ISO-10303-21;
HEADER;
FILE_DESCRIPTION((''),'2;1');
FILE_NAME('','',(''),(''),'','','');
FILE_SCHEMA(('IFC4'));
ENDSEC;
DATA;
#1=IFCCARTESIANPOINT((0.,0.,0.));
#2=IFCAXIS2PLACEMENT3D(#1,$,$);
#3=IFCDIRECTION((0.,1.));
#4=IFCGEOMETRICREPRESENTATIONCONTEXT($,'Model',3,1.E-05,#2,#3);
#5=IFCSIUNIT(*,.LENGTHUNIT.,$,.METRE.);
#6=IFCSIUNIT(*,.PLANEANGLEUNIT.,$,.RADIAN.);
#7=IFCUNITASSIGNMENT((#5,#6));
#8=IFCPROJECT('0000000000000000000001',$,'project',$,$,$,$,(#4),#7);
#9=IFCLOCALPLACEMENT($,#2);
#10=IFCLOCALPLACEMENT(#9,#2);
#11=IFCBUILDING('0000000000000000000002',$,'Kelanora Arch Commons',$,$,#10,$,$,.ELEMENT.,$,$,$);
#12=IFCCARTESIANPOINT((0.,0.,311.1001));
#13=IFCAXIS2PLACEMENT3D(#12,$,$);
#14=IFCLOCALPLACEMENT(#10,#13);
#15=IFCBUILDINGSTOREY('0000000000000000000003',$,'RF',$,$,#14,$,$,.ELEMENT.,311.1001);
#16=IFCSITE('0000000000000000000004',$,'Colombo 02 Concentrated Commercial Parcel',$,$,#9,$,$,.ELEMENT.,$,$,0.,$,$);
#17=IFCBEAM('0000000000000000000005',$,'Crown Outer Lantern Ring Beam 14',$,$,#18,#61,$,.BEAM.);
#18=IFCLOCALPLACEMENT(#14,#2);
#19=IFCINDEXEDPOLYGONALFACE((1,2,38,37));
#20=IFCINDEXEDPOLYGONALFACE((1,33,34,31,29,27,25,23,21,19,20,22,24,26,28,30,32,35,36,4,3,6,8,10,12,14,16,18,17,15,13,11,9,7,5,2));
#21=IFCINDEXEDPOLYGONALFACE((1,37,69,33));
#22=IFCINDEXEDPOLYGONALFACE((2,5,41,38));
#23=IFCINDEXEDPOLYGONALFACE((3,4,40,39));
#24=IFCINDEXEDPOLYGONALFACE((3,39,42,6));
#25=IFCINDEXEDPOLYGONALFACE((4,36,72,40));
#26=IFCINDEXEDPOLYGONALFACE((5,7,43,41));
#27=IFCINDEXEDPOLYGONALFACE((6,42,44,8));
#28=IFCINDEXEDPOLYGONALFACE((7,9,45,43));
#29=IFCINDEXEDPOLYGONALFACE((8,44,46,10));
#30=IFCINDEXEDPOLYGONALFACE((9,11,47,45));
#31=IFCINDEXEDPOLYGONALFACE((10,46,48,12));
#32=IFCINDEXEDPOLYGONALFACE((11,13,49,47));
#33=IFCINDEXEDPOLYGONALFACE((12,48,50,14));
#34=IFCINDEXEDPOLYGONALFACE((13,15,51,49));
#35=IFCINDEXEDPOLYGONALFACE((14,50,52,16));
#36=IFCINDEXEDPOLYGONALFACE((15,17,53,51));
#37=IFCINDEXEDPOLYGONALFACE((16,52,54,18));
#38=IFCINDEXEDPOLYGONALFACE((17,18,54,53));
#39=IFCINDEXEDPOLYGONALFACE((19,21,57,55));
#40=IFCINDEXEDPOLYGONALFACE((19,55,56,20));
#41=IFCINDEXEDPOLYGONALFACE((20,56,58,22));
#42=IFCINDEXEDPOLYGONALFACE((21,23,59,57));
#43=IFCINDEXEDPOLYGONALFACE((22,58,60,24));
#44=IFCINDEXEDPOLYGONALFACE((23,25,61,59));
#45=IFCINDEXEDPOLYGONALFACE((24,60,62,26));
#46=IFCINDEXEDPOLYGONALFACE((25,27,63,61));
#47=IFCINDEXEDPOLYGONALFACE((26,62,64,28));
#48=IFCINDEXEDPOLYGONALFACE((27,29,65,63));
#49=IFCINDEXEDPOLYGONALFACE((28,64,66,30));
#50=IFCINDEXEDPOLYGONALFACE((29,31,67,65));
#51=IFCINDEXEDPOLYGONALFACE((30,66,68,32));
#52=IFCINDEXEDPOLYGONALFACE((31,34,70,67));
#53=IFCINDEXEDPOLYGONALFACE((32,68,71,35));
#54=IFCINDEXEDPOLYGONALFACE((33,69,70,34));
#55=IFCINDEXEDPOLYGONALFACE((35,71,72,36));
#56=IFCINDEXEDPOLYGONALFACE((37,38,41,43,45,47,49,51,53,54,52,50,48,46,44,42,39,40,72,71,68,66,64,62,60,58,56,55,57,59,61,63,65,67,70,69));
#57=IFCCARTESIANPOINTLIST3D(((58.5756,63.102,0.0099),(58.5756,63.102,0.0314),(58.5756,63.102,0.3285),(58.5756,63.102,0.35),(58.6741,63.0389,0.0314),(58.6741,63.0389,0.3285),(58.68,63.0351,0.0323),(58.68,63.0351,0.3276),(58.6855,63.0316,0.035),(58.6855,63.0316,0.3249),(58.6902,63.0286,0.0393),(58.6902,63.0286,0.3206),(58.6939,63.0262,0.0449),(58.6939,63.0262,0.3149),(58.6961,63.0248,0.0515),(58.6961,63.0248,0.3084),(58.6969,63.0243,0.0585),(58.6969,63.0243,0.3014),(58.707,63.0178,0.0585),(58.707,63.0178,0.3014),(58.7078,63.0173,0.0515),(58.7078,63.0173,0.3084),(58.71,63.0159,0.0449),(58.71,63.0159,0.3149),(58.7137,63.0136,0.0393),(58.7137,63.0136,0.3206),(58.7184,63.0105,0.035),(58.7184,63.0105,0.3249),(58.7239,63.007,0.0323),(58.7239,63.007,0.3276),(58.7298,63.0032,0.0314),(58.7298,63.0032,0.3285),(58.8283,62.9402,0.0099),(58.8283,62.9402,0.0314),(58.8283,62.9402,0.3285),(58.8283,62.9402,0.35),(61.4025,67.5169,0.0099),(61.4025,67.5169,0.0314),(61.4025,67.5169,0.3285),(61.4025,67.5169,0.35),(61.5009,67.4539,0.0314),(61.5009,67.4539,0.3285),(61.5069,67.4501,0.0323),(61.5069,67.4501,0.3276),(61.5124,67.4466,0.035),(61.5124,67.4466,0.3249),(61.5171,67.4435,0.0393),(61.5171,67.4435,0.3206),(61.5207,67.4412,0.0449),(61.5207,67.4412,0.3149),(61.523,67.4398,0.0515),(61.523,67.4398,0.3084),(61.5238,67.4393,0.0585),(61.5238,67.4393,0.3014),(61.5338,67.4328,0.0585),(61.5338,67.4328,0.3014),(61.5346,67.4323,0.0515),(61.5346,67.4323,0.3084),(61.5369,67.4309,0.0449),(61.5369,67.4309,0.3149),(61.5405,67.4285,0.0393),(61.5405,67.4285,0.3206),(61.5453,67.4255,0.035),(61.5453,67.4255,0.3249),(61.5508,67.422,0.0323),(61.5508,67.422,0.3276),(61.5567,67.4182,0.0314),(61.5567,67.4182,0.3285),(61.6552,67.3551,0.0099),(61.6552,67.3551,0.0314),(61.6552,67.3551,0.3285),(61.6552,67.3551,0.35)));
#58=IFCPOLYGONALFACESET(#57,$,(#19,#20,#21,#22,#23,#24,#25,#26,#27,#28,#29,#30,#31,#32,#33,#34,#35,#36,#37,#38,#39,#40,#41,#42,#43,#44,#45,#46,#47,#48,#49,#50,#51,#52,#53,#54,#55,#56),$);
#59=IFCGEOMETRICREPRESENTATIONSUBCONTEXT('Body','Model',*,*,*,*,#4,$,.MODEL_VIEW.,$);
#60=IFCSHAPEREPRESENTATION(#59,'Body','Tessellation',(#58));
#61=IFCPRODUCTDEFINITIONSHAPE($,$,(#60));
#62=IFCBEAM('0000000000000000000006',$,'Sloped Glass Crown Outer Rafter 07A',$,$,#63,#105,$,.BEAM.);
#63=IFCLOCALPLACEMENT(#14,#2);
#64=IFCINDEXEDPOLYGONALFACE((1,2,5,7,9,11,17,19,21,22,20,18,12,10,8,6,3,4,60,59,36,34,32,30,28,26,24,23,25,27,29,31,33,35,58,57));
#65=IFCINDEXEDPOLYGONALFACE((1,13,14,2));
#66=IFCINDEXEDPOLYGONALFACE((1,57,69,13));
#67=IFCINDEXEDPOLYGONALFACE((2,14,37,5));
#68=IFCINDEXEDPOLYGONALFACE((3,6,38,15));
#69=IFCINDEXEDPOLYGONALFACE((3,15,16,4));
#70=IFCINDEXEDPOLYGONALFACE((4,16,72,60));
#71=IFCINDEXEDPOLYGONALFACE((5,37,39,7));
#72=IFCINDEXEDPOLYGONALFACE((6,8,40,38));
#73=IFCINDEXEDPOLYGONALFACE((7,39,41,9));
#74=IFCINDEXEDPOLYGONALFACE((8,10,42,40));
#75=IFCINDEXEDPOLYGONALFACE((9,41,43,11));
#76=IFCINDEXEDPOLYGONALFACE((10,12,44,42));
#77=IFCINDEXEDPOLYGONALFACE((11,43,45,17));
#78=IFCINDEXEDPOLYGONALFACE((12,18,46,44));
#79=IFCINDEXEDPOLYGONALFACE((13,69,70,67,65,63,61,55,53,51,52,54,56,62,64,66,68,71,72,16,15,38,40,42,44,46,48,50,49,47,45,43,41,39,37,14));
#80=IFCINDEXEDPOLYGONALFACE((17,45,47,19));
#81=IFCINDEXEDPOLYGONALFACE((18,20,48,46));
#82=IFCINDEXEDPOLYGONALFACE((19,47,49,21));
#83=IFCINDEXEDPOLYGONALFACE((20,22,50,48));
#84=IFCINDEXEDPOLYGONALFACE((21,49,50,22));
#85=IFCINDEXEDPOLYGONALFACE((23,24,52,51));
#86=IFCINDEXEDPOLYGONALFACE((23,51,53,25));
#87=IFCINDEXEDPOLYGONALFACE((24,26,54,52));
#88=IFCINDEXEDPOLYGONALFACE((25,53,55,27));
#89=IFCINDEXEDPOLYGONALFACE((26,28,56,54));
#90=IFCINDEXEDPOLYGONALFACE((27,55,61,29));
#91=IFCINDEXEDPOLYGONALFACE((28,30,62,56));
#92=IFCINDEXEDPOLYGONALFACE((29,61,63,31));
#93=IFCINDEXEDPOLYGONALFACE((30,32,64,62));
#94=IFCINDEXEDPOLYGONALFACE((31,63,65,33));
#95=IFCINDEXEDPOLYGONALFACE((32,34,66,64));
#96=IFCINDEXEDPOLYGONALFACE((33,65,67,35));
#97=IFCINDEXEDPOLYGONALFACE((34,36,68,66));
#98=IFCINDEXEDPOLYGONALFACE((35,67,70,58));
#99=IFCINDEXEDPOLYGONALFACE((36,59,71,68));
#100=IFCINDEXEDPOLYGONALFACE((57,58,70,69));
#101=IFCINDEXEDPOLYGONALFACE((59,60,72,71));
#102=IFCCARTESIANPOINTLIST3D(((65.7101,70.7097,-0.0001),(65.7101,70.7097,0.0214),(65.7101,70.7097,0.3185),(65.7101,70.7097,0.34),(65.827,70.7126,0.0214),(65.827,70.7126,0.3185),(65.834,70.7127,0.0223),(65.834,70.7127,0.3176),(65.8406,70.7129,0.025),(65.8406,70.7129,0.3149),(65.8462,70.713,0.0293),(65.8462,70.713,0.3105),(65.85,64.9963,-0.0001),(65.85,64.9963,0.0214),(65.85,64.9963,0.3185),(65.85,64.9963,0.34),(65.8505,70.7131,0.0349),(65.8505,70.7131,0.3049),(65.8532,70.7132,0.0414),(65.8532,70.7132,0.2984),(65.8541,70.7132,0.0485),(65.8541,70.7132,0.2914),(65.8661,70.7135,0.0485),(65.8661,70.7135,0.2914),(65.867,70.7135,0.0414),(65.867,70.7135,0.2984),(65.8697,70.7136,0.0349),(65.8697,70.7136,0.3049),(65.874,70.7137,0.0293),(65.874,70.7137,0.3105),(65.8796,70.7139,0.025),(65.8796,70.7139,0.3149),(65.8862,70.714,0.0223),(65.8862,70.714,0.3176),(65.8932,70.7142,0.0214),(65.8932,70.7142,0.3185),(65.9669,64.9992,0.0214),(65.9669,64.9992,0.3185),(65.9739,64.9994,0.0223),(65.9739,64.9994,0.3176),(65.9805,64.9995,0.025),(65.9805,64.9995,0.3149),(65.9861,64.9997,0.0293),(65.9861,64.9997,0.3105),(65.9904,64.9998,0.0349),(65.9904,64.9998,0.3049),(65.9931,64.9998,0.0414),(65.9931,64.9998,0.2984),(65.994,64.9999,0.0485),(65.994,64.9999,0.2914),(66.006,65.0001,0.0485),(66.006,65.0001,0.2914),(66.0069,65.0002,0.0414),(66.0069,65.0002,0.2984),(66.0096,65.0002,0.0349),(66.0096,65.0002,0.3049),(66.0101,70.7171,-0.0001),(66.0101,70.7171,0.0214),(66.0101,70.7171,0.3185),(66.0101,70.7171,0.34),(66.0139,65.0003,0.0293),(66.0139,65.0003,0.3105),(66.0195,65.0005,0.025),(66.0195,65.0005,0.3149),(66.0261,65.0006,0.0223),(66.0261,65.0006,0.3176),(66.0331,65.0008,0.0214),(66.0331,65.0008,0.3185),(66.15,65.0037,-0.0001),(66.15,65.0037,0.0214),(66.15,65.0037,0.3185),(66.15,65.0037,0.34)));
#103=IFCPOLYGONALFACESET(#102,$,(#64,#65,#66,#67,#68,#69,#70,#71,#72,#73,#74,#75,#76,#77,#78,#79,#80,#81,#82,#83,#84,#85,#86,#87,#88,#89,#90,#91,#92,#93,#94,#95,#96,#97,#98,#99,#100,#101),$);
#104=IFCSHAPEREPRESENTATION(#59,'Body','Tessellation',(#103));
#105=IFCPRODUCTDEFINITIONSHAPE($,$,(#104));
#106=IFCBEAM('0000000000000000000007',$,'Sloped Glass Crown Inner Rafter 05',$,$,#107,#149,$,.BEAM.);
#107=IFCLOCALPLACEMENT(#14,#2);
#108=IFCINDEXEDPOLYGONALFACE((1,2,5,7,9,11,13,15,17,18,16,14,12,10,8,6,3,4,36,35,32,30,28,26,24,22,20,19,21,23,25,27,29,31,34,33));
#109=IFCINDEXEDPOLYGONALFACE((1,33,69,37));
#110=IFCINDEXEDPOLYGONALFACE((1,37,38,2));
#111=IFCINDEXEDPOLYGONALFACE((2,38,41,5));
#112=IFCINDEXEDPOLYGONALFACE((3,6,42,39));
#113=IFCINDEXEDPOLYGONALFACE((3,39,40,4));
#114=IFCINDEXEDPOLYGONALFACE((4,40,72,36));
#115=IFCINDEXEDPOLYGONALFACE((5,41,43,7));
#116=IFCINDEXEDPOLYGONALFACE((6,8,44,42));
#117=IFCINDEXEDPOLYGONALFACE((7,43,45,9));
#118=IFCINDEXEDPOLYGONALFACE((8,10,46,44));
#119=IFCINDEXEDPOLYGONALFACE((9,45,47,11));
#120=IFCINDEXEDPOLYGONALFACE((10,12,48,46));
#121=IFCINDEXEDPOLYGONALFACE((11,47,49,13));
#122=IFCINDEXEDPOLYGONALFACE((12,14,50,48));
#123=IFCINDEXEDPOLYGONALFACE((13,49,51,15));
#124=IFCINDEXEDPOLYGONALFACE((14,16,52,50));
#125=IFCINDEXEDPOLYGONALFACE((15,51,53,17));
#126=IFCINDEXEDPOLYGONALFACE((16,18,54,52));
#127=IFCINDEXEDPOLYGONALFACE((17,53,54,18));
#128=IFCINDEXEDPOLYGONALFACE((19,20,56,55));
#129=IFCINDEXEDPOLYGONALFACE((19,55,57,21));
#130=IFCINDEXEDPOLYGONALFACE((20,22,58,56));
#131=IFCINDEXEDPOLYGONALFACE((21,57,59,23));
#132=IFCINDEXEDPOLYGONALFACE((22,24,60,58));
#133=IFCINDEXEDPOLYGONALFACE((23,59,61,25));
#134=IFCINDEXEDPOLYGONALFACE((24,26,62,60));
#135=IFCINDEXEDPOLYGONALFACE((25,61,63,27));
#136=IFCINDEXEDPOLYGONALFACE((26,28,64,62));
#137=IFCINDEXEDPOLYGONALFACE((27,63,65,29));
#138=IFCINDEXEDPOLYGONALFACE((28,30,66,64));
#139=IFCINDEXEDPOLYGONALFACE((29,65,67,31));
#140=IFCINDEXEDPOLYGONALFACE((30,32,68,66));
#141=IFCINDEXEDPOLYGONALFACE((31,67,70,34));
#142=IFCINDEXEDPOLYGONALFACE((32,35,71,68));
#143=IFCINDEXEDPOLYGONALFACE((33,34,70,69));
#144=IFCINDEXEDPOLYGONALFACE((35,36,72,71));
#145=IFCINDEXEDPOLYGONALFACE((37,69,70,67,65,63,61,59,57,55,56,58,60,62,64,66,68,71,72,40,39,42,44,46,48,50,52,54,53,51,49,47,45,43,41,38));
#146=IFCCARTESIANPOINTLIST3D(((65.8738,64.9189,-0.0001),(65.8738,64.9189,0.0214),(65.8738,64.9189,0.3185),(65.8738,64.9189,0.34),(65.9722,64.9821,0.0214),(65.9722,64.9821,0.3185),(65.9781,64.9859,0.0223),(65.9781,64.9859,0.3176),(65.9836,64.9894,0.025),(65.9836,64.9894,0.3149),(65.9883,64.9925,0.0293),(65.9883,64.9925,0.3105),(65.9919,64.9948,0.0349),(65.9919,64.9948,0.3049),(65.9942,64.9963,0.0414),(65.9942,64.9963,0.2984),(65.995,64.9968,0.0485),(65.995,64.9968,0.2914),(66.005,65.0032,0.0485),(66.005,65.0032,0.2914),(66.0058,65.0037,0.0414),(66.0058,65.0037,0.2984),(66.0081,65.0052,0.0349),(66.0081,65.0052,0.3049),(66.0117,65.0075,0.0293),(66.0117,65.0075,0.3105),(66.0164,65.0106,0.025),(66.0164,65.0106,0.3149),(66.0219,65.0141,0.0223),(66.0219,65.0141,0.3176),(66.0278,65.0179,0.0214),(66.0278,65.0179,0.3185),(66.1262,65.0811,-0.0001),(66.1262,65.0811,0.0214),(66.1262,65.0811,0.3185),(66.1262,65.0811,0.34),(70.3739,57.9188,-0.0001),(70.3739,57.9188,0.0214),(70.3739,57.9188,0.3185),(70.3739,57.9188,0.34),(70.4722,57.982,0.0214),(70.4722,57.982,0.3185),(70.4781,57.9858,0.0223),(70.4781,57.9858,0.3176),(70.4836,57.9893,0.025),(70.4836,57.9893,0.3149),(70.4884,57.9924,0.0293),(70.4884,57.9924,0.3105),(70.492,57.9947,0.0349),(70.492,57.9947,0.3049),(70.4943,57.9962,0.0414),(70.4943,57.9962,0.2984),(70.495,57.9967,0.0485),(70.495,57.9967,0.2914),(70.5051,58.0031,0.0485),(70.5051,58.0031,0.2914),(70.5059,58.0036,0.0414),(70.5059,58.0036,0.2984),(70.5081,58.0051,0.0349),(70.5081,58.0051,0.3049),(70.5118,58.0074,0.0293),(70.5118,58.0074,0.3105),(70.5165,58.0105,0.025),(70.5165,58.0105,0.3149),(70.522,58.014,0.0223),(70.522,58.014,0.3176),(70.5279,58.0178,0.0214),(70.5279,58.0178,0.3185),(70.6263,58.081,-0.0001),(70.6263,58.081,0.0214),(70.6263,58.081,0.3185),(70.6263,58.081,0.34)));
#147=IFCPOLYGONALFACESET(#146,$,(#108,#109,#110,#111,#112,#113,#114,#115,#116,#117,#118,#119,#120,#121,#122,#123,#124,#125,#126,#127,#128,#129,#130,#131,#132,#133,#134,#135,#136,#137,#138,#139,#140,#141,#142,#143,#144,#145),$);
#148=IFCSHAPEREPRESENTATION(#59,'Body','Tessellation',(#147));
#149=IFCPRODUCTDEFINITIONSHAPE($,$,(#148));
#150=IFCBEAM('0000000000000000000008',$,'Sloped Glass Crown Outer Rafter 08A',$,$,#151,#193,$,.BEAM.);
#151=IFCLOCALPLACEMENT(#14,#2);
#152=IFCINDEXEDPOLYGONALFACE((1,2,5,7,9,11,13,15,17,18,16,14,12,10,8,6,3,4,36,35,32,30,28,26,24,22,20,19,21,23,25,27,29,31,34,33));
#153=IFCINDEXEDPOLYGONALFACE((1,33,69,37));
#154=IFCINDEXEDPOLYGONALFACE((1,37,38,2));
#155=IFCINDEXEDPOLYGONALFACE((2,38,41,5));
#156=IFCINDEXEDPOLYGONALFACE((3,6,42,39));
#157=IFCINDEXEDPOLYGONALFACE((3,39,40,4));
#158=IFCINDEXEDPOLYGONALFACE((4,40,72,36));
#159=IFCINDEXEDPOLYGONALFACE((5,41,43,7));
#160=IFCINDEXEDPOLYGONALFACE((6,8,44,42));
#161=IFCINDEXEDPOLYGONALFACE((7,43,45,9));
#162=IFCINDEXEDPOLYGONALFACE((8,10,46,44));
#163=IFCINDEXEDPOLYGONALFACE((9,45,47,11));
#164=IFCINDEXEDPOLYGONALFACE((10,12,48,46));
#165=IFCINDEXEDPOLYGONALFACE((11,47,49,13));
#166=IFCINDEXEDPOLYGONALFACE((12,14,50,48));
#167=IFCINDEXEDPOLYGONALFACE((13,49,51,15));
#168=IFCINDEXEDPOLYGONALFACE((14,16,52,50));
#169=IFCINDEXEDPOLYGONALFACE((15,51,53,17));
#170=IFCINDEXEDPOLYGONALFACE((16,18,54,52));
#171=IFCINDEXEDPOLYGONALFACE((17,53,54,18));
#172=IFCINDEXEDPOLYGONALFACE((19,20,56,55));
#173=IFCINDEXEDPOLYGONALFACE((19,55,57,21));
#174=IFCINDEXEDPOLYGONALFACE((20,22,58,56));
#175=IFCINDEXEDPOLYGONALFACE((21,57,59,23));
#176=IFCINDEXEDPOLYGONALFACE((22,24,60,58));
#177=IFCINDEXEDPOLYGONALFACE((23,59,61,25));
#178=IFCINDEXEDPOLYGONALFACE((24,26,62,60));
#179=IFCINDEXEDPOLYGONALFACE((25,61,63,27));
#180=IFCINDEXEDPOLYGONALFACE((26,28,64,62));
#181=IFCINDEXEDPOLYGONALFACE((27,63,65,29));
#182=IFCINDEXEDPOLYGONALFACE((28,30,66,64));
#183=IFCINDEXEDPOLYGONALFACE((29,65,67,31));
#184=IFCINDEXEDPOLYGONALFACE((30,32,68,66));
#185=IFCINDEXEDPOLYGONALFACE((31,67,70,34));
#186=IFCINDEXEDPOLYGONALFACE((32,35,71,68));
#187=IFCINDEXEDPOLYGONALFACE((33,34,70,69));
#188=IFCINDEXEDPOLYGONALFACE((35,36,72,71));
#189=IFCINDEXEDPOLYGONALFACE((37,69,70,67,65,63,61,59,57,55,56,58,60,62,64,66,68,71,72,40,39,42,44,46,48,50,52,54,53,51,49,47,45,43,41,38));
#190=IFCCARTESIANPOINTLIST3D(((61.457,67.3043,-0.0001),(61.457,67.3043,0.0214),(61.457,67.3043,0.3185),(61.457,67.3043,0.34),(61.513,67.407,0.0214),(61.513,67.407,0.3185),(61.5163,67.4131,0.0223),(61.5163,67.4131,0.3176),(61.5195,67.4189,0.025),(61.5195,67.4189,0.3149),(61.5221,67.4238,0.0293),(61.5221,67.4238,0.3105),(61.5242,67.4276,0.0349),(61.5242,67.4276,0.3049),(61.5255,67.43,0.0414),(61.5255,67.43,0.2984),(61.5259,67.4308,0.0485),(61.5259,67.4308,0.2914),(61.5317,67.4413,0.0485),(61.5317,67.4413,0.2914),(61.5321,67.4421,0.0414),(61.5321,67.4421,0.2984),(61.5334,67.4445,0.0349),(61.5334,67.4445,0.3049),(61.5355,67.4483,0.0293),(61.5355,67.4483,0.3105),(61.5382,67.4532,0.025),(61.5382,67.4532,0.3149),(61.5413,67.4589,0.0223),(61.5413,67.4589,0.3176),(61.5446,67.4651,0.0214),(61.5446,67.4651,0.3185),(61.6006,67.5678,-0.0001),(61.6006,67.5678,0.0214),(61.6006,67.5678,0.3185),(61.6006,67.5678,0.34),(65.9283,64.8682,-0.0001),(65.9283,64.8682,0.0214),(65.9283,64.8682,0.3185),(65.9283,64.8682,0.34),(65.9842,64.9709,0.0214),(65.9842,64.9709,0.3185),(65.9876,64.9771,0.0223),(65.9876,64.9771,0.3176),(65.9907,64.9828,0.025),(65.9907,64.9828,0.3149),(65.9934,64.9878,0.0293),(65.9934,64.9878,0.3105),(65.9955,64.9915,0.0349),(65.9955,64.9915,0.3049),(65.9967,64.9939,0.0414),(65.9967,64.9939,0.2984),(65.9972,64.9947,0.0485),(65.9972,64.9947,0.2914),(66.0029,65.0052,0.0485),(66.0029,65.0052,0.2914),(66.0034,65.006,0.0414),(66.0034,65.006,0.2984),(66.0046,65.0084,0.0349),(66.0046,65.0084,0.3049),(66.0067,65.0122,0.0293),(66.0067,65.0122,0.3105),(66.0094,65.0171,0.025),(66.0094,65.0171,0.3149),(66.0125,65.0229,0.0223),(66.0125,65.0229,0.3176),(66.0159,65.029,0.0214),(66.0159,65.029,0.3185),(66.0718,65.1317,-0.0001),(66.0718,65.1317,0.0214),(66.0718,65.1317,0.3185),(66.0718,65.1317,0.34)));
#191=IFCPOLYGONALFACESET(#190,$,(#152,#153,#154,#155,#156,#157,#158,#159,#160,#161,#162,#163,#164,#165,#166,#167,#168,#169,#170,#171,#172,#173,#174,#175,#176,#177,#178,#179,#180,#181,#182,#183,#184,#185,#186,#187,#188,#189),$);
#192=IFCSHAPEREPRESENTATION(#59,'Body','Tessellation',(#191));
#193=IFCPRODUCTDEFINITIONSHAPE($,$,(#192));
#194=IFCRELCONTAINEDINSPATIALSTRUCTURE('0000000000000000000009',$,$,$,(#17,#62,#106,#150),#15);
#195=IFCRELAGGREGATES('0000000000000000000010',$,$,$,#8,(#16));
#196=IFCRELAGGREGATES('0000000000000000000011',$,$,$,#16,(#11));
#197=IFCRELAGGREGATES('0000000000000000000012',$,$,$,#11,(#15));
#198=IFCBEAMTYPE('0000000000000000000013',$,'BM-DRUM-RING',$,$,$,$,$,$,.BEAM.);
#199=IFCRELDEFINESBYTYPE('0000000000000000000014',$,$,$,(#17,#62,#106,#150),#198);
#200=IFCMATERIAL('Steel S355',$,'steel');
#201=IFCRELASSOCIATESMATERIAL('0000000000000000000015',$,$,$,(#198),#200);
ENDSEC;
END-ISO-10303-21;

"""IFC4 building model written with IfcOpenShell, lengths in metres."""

from ifc_helpers import new_model, si_unit, direction, frame, origin, origin_2d, place, context, subcontext, project, spatial, i_section, extrude, material, material_profile, profile_set, type_object, element, save


model = new_model("IFC4")

# Units and contexts
model_context = context("Model", 3, precision=1e-05, world=origin(), true_north=direction((0.0, 1.0)))
body_context = subcontext(model_context, "Body", "Model", "MODEL_VIEW")
ifc_project = project(units=[si_unit("LENGTHUNIT", "METRE"), si_unit("PLANEANGLEUNIT", "RADIAN")], contexts=[model_context])

# Site, building, storey
site_placement = place(None, origin())
site = spatial("IfcSite", under=ifc_project, at=site_placement, Name="Colombo 02 Concentrated Commercial Parcel", CompositionType="ELEMENT", RefElevation=0.0)
building_placement = place(site_placement, origin())
building = spatial("IfcBuilding", under=site, at=building_placement, Name="Kelanora Arch Commons", CompositionType="ELEMENT")
storey_placement = place(building_placement, frame((0.0, 0.0, 311.1001)))
storey = spatial("IfcBuildingStorey", under=building, at=storey_placement, Name="RF", CompositionType="ELEMENT", Elevation=311.1001)

# Beams
ifc_material_1 = material(Name="Steel S355", Category="steel")
ifc_material_profile_1 = material_profile(ifc_material_1, i_section(OverallWidth=0.3, OverallDepth=0.3401, WebThickness=0.012, FlangeThickness=0.0215, FilletRadius=0.0271, at=origin_2d()), Name="HEB340")
ifc_profile_set_1 = profile_set([ifc_material_profile_1], Name="Steel S355")
beam_type_1 = type_object("IfcBeamType", Name="BM-DRUM-RING", PredefinedType="BEAM", material=ifc_profile_set_1)
beam_1_placement = place(storey_placement, frame((61.5288, 67.436, 0.1799), z_axis=(-0.539227, -0.842161, 0.0), x_axis=(0.842161, -0.539227, 0.0)))
element("IfcBeam", 1, at=beam_1_placement, inside=storey, type_object=beam_type_1, Name="Crown Outer Lantern Ring Beam 14", PredefinedType="BEAM", context=body_context, shape_type="SweptSolid", body=[
    extrude(i_section(OverallWidth=0.3, OverallDepth=0.3401, WebThickness=0.012, FlangeThickness=0.0215, FilletRadius=0.0271, at=origin_2d()), origin(), (0.0, 0.0, 1.0), 5.2424),
])
beam_2_placement = place(storey_placement, frame((65.8601, 70.7134, 0.1699), z_axis=(0.024478, -0.9997, 0.0), x_axis=(0.9997, 0.024478, 0.0)))
element("IfcBeam", 2, at=beam_2_placement, inside=storey, type_object=beam_type_1, Name="Sloped Glass Crown Outer Rafter 07A", PredefinedType="BEAM", context=body_context, shape_type="SweptSolid", body=[
    extrude(i_section(OverallWidth=0.3, OverallDepth=0.3401, WebThickness=0.012, FlangeThickness=0.0215, FilletRadius=0.0271, at=origin_2d()), origin(), (0.0, 0.0, 1.0), 5.7151),
])
beam_3_placement = place(storey_placement, frame((66.0, 65.0, 0.1699), z_axis=(0.540758, -0.841178, 0.0), x_axis=(0.841178, 0.540758, 0.0)))
element("IfcBeam", 3, at=beam_3_placement, inside=storey, type_object=beam_type_1, Name="Sloped Glass Crown Inner Rafter 05", PredefinedType="BEAM", context=body_context, shape_type="SweptSolid", body=[
    extrude(i_section(OverallWidth=0.3, OverallDepth=0.3401, WebThickness=0.012, FlangeThickness=0.0215, FilletRadius=0.0271, at=origin_2d()), origin(), (0.0, 0.0, 1.0), 8.3218),
])
beam_4_placement = place(storey_placement, frame((61.5288, 67.436, 0.1699), z_axis=(0.878126, -0.478429, 0.0), x_axis=(0.478429, 0.878126, 0.0)))
element("IfcBeam", 4, at=beam_4_placement, inside=storey, type_object=beam_type_1, Name="Sloped Glass Crown Outer Rafter 08A", PredefinedType="BEAM", context=body_context, shape_type="SweptSolid", body=[
    extrude(i_section(OverallWidth=0.3, OverallDepth=0.3401, WebThickness=0.012, FlangeThickness=0.0215, FilletRadius=0.0271, at=origin_2d()), origin(), (0.0, 0.0, 1.0), 5.0918),
])

save(model, "model.ifc")
